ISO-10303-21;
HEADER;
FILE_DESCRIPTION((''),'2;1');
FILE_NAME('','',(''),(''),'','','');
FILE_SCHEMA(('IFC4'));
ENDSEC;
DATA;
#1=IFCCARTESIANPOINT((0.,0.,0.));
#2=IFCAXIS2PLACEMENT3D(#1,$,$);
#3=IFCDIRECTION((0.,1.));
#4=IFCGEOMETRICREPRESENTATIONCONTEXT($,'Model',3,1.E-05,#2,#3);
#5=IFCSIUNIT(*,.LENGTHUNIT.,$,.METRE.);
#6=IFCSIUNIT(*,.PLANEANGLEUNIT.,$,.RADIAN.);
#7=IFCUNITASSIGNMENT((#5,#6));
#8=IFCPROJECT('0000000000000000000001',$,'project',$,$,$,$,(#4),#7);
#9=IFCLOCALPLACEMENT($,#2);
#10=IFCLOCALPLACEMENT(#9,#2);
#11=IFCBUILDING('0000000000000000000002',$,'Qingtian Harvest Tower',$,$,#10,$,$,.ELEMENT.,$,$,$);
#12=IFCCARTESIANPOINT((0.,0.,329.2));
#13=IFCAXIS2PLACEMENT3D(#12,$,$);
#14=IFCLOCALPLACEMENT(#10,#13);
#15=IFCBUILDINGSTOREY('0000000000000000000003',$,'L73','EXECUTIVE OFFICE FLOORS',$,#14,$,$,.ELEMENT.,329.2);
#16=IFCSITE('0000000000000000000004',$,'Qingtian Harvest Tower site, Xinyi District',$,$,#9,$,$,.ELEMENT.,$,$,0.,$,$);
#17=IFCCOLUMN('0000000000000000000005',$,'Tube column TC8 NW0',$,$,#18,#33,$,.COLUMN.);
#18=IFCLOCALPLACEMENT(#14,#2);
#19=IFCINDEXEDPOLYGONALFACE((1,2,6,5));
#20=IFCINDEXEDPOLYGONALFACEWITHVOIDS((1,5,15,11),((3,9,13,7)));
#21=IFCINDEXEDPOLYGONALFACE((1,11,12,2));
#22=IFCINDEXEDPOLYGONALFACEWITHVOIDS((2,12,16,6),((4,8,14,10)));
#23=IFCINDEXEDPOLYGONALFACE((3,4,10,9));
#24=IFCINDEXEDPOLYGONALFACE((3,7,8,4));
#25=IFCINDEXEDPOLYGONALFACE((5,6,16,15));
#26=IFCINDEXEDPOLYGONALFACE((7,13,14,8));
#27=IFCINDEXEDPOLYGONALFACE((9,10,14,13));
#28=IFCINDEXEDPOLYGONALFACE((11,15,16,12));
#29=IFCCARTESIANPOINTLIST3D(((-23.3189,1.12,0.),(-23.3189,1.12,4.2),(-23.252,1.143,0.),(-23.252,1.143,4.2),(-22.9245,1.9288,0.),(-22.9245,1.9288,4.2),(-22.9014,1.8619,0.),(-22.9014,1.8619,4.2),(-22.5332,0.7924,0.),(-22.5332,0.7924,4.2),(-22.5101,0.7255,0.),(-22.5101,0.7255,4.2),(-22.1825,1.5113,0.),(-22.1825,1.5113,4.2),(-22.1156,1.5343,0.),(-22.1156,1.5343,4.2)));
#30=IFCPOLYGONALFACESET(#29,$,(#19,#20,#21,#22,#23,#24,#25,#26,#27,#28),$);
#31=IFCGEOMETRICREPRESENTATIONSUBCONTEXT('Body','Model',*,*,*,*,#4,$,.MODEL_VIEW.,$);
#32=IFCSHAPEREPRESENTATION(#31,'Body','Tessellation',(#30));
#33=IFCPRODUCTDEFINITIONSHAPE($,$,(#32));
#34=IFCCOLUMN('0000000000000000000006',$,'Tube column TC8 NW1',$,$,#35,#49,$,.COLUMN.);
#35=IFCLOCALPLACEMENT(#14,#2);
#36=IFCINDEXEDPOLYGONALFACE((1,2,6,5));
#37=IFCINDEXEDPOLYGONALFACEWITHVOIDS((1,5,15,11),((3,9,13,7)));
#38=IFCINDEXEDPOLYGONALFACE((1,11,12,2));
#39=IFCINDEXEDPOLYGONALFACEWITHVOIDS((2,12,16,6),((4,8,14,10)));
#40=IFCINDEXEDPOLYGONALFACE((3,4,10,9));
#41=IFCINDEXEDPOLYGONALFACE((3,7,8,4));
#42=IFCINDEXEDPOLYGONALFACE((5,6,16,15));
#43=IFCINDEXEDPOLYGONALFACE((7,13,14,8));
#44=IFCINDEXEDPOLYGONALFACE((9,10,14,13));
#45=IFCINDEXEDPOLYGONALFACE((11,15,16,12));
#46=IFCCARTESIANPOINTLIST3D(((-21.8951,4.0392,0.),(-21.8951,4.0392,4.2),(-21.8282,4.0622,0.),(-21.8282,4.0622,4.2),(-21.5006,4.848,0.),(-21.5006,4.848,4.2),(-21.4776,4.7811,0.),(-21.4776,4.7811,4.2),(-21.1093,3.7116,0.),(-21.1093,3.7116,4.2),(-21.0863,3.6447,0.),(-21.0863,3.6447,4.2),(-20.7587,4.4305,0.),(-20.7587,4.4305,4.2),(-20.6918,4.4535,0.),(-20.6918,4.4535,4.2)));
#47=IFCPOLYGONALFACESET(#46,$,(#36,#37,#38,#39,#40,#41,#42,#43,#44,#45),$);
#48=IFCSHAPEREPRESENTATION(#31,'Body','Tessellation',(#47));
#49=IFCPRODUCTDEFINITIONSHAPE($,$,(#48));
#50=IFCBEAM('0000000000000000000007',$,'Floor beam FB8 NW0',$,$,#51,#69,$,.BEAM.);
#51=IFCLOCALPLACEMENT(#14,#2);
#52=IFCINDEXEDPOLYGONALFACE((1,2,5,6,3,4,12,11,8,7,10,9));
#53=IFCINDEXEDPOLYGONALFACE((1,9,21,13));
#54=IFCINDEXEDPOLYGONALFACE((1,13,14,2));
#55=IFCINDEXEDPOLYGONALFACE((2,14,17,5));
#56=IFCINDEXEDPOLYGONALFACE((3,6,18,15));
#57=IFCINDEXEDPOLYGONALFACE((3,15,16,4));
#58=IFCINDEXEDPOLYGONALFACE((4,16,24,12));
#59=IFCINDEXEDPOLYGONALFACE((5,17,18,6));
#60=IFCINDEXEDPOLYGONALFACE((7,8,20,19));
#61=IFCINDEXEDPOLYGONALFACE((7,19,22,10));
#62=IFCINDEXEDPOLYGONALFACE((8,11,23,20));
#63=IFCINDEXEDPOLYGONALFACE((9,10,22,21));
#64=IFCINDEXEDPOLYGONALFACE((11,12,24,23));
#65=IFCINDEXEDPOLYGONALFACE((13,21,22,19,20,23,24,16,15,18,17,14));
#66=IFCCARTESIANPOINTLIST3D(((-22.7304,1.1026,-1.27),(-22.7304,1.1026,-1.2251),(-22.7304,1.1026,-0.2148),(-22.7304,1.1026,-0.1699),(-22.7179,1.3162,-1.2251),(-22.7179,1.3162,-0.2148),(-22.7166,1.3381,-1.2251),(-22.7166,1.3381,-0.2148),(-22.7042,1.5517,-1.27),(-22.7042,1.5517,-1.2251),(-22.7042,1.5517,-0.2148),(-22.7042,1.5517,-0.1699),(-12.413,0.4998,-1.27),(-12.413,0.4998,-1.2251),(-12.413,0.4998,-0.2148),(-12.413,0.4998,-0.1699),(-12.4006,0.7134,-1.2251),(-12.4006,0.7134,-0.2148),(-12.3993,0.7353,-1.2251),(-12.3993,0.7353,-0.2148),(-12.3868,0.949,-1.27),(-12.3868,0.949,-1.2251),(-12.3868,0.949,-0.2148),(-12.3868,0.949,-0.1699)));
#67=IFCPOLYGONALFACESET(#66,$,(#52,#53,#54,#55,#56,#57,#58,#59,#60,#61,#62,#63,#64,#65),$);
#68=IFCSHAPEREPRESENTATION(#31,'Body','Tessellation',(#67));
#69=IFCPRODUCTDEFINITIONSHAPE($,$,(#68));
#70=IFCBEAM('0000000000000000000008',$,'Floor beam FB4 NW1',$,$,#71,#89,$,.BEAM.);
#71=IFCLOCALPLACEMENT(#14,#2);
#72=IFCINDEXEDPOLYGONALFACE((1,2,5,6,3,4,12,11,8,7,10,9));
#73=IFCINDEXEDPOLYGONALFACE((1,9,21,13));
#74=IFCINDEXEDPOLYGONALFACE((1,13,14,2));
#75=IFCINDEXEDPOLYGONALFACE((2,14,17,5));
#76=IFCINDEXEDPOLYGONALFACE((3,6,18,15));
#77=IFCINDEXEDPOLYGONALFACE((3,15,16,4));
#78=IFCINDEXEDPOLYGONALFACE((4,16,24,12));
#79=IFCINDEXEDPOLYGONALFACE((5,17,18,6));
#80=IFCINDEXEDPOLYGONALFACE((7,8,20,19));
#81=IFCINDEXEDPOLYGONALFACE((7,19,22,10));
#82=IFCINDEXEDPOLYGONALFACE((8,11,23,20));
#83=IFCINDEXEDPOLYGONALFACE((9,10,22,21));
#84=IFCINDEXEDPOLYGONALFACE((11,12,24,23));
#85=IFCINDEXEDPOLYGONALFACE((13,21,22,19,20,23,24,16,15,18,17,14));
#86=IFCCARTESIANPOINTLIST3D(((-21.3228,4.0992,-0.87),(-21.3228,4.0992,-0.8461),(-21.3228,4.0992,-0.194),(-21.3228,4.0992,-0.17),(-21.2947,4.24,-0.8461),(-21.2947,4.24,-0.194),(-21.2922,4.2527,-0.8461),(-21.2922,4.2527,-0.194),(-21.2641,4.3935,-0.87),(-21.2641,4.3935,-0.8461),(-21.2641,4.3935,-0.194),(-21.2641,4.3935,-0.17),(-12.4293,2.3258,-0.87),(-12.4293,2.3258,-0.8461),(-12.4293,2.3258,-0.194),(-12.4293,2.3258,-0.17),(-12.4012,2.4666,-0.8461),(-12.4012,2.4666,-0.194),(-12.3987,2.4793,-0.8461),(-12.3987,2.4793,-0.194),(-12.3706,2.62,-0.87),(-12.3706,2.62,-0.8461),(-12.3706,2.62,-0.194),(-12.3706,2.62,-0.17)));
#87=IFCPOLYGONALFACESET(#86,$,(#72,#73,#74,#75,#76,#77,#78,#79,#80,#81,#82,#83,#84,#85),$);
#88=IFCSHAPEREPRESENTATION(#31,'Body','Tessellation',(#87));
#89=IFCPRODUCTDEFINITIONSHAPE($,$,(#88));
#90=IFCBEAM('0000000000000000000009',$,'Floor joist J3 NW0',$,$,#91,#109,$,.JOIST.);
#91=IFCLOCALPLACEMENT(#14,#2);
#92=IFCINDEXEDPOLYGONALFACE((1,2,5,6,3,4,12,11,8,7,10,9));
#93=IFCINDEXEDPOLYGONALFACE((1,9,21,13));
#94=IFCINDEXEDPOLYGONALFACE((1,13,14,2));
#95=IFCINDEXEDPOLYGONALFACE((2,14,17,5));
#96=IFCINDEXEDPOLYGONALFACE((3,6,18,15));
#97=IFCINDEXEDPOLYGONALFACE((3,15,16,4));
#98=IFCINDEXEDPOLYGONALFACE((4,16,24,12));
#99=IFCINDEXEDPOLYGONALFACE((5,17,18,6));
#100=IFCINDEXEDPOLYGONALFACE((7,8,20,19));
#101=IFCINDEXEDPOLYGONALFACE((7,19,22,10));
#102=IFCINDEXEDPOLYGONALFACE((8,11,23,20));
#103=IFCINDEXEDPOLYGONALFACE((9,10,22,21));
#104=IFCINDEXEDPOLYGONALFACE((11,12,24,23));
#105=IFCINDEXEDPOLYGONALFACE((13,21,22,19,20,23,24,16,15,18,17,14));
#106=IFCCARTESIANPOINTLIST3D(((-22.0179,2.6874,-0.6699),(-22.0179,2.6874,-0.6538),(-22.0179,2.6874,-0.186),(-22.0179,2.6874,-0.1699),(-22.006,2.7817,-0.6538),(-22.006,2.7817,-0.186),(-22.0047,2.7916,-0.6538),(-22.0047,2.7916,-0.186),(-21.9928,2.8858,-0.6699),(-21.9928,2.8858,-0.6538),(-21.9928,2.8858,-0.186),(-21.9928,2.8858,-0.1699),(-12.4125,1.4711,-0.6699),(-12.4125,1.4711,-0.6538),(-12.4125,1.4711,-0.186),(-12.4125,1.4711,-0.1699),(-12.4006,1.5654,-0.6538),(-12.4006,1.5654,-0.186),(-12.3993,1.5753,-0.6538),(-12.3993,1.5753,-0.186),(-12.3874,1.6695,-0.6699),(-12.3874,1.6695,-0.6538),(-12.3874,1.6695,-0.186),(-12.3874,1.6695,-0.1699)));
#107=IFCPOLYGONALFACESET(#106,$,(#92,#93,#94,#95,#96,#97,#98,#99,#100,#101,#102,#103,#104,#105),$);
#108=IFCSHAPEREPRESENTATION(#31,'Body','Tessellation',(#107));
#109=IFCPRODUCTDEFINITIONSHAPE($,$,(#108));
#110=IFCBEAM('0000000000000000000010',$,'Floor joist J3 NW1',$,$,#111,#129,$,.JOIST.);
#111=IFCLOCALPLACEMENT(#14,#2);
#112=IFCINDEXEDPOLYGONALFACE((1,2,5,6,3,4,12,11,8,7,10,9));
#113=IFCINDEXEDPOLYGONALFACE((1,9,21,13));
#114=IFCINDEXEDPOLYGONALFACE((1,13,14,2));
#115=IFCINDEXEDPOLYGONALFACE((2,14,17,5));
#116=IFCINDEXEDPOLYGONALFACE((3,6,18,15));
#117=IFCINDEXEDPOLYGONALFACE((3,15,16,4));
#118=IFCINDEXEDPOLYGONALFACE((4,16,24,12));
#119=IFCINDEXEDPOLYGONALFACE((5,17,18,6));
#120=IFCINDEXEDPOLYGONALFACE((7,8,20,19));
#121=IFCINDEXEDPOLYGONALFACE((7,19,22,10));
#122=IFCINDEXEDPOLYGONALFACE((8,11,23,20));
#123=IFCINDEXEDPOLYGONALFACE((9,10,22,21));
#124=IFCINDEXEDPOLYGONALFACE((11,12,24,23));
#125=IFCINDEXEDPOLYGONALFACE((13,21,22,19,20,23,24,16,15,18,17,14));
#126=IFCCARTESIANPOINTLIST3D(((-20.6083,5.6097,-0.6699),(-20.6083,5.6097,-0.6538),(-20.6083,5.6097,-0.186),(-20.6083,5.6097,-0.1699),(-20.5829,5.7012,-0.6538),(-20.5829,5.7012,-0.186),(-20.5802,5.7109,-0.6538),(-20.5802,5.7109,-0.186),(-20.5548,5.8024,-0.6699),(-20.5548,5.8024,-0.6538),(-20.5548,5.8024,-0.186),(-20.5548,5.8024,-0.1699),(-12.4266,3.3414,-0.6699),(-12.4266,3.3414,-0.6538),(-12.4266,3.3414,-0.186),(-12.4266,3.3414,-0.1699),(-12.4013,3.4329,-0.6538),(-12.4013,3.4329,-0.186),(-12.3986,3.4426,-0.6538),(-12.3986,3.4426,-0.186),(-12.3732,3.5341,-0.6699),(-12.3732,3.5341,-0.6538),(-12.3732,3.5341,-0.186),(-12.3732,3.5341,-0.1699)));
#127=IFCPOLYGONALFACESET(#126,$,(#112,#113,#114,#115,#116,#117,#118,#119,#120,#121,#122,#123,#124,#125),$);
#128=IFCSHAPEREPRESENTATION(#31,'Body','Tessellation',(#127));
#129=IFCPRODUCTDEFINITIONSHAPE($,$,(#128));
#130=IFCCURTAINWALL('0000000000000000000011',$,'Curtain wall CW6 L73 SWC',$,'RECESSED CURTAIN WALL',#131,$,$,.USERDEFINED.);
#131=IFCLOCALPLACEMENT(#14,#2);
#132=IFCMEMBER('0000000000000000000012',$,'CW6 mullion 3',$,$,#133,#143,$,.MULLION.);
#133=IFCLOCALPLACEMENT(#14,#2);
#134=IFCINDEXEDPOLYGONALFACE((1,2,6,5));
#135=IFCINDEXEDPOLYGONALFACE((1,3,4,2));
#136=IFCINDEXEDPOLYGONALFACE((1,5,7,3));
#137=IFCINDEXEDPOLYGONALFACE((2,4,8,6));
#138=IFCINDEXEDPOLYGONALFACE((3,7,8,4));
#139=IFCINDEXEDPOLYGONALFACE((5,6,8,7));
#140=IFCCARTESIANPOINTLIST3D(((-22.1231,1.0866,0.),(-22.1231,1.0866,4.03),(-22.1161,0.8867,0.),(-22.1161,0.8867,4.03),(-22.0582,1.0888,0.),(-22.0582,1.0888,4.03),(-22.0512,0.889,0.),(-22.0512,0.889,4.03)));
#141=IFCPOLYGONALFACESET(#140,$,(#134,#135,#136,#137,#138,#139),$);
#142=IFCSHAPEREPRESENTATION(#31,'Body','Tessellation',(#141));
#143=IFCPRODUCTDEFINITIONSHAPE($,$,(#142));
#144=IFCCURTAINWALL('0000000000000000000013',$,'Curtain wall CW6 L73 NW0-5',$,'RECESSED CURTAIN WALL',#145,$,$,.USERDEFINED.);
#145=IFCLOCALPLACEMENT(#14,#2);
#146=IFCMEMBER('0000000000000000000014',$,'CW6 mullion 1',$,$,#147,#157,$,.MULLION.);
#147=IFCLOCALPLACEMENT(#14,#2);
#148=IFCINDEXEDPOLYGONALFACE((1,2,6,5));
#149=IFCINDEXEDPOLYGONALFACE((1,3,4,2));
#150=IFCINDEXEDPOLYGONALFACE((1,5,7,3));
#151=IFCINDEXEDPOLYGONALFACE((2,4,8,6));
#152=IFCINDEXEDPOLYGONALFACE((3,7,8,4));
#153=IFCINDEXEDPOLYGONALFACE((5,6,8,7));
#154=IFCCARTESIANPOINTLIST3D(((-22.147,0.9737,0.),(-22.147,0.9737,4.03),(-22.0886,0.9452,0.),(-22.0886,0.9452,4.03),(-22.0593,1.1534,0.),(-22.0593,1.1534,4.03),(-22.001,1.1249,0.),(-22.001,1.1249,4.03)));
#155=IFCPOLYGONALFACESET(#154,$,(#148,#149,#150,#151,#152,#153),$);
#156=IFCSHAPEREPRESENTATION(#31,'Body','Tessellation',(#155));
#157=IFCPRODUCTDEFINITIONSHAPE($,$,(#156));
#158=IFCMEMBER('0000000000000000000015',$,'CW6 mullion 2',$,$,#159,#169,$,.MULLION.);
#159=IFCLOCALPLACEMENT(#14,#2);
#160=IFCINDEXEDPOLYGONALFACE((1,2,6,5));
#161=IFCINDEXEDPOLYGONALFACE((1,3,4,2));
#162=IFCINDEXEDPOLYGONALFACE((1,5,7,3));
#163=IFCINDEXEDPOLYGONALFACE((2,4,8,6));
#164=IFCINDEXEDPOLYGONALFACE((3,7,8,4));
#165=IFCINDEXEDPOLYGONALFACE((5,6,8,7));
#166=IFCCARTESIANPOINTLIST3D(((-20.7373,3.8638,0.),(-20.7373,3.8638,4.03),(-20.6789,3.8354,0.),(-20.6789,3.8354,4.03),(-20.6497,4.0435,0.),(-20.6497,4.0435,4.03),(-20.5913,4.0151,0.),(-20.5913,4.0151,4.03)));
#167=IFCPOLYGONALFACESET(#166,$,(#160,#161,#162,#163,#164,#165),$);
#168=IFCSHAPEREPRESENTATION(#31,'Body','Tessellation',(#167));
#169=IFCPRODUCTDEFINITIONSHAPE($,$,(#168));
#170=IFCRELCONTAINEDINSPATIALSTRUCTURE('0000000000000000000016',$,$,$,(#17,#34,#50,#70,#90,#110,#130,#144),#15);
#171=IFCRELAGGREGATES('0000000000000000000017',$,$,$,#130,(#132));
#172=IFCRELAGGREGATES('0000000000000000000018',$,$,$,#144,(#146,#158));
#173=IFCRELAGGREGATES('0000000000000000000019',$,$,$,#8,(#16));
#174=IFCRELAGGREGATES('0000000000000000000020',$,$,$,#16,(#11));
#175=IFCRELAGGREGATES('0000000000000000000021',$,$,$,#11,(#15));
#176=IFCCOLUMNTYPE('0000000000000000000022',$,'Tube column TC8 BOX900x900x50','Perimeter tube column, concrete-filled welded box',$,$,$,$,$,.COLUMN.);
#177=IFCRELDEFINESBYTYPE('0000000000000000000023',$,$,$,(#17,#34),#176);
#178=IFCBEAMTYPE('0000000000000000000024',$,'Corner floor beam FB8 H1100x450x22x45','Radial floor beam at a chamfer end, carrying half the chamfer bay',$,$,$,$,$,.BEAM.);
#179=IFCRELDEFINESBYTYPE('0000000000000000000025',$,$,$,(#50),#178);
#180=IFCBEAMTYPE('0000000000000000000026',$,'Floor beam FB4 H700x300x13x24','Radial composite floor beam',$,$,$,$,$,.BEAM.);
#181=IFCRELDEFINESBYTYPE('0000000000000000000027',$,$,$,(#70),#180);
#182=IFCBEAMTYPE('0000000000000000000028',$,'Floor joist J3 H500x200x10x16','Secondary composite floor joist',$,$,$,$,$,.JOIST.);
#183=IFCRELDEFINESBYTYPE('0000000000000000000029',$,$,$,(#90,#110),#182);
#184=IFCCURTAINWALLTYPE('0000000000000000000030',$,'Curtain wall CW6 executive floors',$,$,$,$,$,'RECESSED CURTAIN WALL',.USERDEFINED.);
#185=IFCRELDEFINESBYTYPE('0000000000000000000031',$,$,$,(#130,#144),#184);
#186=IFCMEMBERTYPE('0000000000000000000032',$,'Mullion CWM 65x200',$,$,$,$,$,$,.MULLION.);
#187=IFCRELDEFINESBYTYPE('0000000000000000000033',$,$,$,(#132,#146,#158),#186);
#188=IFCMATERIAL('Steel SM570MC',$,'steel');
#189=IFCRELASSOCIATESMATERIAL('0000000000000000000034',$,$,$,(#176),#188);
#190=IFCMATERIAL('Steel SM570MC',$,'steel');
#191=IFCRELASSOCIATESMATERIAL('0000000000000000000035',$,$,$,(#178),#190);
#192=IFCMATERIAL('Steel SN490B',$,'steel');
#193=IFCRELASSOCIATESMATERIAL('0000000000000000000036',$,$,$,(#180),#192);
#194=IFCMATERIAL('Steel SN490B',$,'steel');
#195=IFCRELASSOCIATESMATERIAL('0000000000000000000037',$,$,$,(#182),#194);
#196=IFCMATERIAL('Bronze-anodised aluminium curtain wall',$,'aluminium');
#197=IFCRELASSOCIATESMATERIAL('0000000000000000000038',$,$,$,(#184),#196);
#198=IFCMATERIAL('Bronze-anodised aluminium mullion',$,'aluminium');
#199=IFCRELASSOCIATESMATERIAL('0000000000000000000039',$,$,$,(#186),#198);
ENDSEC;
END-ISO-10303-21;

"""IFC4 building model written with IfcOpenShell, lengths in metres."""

from ifc_helpers import new_model, si_unit, direction, frame, origin, origin_2d, place, context, subcontext, project, spatial, rectangle, hollow_rectangle, i_section, extrude, material, material_profile, profile_set, type_object, element, aggregate, save


model = new_model("IFC4")

# Units and contexts
model_context = context("Model", 3, precision=1e-05, world=origin(), true_north=direction((0.0, 1.0)))
body_context = subcontext(model_context, "Body", "Model", "MODEL_VIEW")
ifc_project = project(units=[si_unit("LENGTHUNIT", "METRE"), si_unit("PLANEANGLEUNIT", "RADIAN")], contexts=[model_context])

# Site, building, storey
site_placement = place(None, origin())
site = spatial("IfcSite", under=ifc_project, at=site_placement, Name="Qingtian Harvest Tower site, Xinyi District", CompositionType="ELEMENT", RefElevation=0.0)
building_placement = place(site_placement, origin())
building = spatial("IfcBuilding", under=site, at=building_placement, Name="Qingtian Harvest Tower", CompositionType="ELEMENT")
storey_placement = place(building_placement, frame((0.0, 0.0, 329.2)))
storey = spatial("IfcBuildingStorey", under=building, at=storey_placement, Name="L73", Description="EXECUTIVE OFFICE FLOORS", CompositionType="ELEMENT", Elevation=329.2)

# Columns
ifc_material_1 = material(Name="Steel SM570MC", Category="steel")
ifc_material_profile_1 = material_profile(ifc_material_1, hollow_rectangle(XDim=0.8999, YDim=0.8999, WallThickness=0.05, at=origin_2d()), Name="BOX900x900x50")
ifc_profile_set_1 = profile_set([ifc_material_profile_1], Name="Steel SM570MC")
column_type = type_object("IfcColumnType", Name="Tube column TC8 BOX900x900x50", Description="Perimeter tube column, concrete-filled welded box", PredefinedType="COLUMN", material=ifc_profile_set_1)
for number, where, z_axis, x_axis, name in (
    (1, (-22.7173, 1.3271, 0.0), (0.0, 0.0, 1.0), (-0.438371, -0.898794, 0.0), "Tube column TC8 NW0"),
    (2, (-21.2935, 4.2463, 0.0), (0.0, 0.0, 1.0), (-0.438371, -0.898794, 0.0), "Tube column TC8 NW1"),
):
    element("IfcColumn", number, at=place(storey_placement, frame(where, z_axis=z_axis, x_axis=x_axis)), inside=storey, type_object=column_type, Name=name, PredefinedType="COLUMN", context=body_context, shape_type="SweptSolid", body=[
        extrude(hollow_rectangle(XDim=0.8999, YDim=0.8999, WallThickness=0.05, at=origin_2d()), origin(), (0.0, 0.0, 1.0), 4.2),
    ])

# Beams
ifc_material_2 = material(Name="Steel SM570MC", Category="steel")
ifc_material_profile_2 = material_profile(ifc_material_2, i_section(OverallWidth=0.45, OverallDepth=1.1001, WebThickness=0.022, FlangeThickness=0.0449, at=origin_2d()), Name="H1100x450x22x45")
ifc_profile_set_2 = profile_set([ifc_material_profile_2], Name="Steel SM570MC")
beam_type_1 = type_object("IfcBeamType", Name="Corner floor beam FB8 H1100x450x22x45", Description="Radial floor beam at a chamfer end, carrying half the chamfer bay", PredefinedType="BEAM", material=ifc_profile_set_2)
beam_1_placement = place(storey_placement, frame((-22.7173, 1.3271, -0.72), z_axis=(0.998298, -0.058325, 0.0), x_axis=(0.058325, 0.998298, 0.0)))
element("IfcBeam", 3, at=beam_1_placement, inside=storey, type_object=beam_type_1, Name="Floor beam FB8 NW0", PredefinedType="BEAM", context=body_context, shape_type="SweptSolid", body=[
    extrude(i_section(OverallWidth=0.45, OverallDepth=1.1001, WebThickness=0.022, FlangeThickness=0.0449, at=origin_2d()), origin(), (0.0, 0.0, 1.0), 10.335),
])
ifc_material_3 = material(Name="Steel SN490B", Category="steel")
ifc_material_profile_3 = material_profile(ifc_material_3, i_section(OverallWidth=0.3, OverallDepth=0.7, WebThickness=0.0129, FlangeThickness=0.0239, at=origin_2d()), Name="H700x300x13x24")
ifc_profile_set_3 = profile_set([ifc_material_profile_3], Name="Steel SN490B")
beam_type_2 = type_object("IfcBeamType", Name="Floor beam FB4 H700x300x13x24", Description="Radial composite floor beam", PredefinedType="BEAM", material=ifc_profile_set_3)
beam_2_placement = place(storey_placement, frame((-21.2935, 4.2463, -0.52), z_axis=(0.980692, -0.195557, 0.0), x_axis=(0.195557, 0.980692, 0.0)))
element("IfcBeam", 4, at=beam_2_placement, inside=storey, type_object=beam_type_2, Name="Floor beam FB4 NW1", PredefinedType="BEAM", context=body_context, shape_type="SweptSolid", body=[
    extrude(i_section(OverallWidth=0.3, OverallDepth=0.7, WebThickness=0.0129, FlangeThickness=0.0239, at=origin_2d()), origin(), (0.0, 0.0, 1.0), 9.0686),
])
ifc_material_4 = material(Name="Steel SN490B", Category="steel")
ifc_material_profile_4 = material_profile(ifc_material_4, i_section(OverallWidth=0.2, OverallDepth=0.5, WebThickness=0.01, FlangeThickness=0.0161, at=origin_2d()), Name="H500x200x10x16")
ifc_profile_set_4 = profile_set([ifc_material_profile_4], Name="Steel SN490B")
beam_type_3 = type_object("IfcBeamType", Name="Floor joist J3 H500x200x10x16", Description="Secondary composite floor joist", PredefinedType="JOIST", material=ifc_profile_set_4)
beam_3_placement = place(storey_placement, frame((-22.0054, 2.7866, -0.4199), z_axis=(0.992078, -0.125624, 0.0), x_axis=(0.125624, 0.992078, 0.0)))
element("IfcBeam", 5, at=beam_3_placement, inside=storey, type_object=beam_type_3, Name="Floor joist J3 NW0", PredefinedType="JOIST", context=body_context, shape_type="SweptSolid", body=[
    extrude(i_section(OverallWidth=0.2, OverallDepth=0.5, WebThickness=0.01, FlangeThickness=0.0161, at=origin_2d()), origin(), (0.0, 0.0, 1.0), 9.6821),
])
beam_4_placement = place(storey_placement, frame((-20.5815, 5.7061, -0.4199), z_axis=(0.96365, -0.267166, 0.0), x_axis=(0.267166, 0.96365, 0.0)))
element("IfcBeam", 6, at=beam_4_placement, inside=storey, type_object=beam_type_3, Name="Floor joist J3 NW1", PredefinedType="JOIST", context=body_context, shape_type="SweptSolid", body=[
    extrude(i_section(OverallWidth=0.2, OverallDepth=0.5, WebThickness=0.01, FlangeThickness=0.0161, at=origin_2d()), origin(), (0.0, 0.0, 1.0), 8.4902),
])

# Curtain wall, member
ifc_material_5 = material(Name="Bronze-anodised aluminium curtain wall", Category="aluminium")
curtain_wall_type = type_object("IfcCurtainWallType", Name="Curtain wall CW6 executive floors", ElementType="RECESSED CURTAIN WALL", PredefinedType="USERDEFINED", material=ifc_material_5)
curtain_wall_1_placement = place(storey_placement, origin())
curtain_wall_1 = element("IfcCurtainWall", 7, at=curtain_wall_1_placement, inside=storey, type_object=curtain_wall_type, Name="Curtain wall CW6 L73 SWC", ObjectType="RECESSED CURTAIN WALL", PredefinedType="USERDEFINED")
ifc_material_6 = material(Name="Bronze-anodised aluminium mullion", Category="aluminium")
ifc_material_profile_5 = material_profile(ifc_material_6, rectangle(XDim=0.0649, YDim=0.2, at=origin_2d()), Name="AL 65x200")
ifc_profile_set_5 = profile_set([ifc_material_profile_5], Name="Bronze-anodised aluminium mullion")
member_type_1 = type_object("IfcMemberType", Name="Mullion CWM 65x200", PredefinedType="MULLION", material=ifc_profile_set_5)
member_1_placement = place(storey_placement, frame((-22.0872, 0.9878, 0.0), z_axis=(0.0, 0.0, 1.0), x_axis=(-0.999391, -0.034899, 0.0)))
member_1 = element("IfcMember", 8, at=member_1_placement, type_object=member_type_1, Name="CW6 mullion 3", PredefinedType="MULLION", context=body_context, shape_type="SweptSolid", body=[
    extrude(rectangle(XDim=0.0649, YDim=0.2, at=origin_2d()), origin(), (0.0, 0.0, 1.0), 4.03),
])

# Curtain wall, members
curtain_wall_2_placement = place(storey_placement, origin())
curtain_wall_2 = element("IfcCurtainWall", 9, at=curtain_wall_2_placement, inside=storey, type_object=curtain_wall_type, Name="Curtain wall CW6 L73 NW0-5", ObjectType="RECESSED CURTAIN WALL", PredefinedType="USERDEFINED")
member_2_placement = place(storey_placement, frame((-22.074, 1.0493, 0.0), z_axis=(0.0, 0.0, 1.0), x_axis=(-0.898794, 0.438371, 0.0)))
member_2 = element("IfcMember", 10, at=member_2_placement, type_object=member_type_1, Name="CW6 mullion 1", PredefinedType="MULLION", context=body_context, shape_type="SweptSolid", body=[
    extrude(rectangle(XDim=0.0649, YDim=0.2, at=origin_2d()), origin(), (0.0, 0.0, 1.0), 4.03),
])
member_3_placement = place(storey_placement, frame((-20.6643, 3.9395, 0.0), z_axis=(0.0, 0.0, 1.0), x_axis=(-0.898794, 0.438371, 0.0)))
member_3 = element("IfcMember", 11, at=member_3_placement, type_object=member_type_1, Name="CW6 mullion 2", PredefinedType="MULLION", context=body_context, shape_type="SweptSolid", body=[
    extrude(rectangle(XDim=0.0649, YDim=0.2, at=origin_2d()), origin(), (0.0, 0.0, 1.0), 4.03),
])

aggregate(curtain_wall_1, [member_1])
aggregate(curtain_wall_2, [member_2, member_3])

save(model, "model.ifc")
